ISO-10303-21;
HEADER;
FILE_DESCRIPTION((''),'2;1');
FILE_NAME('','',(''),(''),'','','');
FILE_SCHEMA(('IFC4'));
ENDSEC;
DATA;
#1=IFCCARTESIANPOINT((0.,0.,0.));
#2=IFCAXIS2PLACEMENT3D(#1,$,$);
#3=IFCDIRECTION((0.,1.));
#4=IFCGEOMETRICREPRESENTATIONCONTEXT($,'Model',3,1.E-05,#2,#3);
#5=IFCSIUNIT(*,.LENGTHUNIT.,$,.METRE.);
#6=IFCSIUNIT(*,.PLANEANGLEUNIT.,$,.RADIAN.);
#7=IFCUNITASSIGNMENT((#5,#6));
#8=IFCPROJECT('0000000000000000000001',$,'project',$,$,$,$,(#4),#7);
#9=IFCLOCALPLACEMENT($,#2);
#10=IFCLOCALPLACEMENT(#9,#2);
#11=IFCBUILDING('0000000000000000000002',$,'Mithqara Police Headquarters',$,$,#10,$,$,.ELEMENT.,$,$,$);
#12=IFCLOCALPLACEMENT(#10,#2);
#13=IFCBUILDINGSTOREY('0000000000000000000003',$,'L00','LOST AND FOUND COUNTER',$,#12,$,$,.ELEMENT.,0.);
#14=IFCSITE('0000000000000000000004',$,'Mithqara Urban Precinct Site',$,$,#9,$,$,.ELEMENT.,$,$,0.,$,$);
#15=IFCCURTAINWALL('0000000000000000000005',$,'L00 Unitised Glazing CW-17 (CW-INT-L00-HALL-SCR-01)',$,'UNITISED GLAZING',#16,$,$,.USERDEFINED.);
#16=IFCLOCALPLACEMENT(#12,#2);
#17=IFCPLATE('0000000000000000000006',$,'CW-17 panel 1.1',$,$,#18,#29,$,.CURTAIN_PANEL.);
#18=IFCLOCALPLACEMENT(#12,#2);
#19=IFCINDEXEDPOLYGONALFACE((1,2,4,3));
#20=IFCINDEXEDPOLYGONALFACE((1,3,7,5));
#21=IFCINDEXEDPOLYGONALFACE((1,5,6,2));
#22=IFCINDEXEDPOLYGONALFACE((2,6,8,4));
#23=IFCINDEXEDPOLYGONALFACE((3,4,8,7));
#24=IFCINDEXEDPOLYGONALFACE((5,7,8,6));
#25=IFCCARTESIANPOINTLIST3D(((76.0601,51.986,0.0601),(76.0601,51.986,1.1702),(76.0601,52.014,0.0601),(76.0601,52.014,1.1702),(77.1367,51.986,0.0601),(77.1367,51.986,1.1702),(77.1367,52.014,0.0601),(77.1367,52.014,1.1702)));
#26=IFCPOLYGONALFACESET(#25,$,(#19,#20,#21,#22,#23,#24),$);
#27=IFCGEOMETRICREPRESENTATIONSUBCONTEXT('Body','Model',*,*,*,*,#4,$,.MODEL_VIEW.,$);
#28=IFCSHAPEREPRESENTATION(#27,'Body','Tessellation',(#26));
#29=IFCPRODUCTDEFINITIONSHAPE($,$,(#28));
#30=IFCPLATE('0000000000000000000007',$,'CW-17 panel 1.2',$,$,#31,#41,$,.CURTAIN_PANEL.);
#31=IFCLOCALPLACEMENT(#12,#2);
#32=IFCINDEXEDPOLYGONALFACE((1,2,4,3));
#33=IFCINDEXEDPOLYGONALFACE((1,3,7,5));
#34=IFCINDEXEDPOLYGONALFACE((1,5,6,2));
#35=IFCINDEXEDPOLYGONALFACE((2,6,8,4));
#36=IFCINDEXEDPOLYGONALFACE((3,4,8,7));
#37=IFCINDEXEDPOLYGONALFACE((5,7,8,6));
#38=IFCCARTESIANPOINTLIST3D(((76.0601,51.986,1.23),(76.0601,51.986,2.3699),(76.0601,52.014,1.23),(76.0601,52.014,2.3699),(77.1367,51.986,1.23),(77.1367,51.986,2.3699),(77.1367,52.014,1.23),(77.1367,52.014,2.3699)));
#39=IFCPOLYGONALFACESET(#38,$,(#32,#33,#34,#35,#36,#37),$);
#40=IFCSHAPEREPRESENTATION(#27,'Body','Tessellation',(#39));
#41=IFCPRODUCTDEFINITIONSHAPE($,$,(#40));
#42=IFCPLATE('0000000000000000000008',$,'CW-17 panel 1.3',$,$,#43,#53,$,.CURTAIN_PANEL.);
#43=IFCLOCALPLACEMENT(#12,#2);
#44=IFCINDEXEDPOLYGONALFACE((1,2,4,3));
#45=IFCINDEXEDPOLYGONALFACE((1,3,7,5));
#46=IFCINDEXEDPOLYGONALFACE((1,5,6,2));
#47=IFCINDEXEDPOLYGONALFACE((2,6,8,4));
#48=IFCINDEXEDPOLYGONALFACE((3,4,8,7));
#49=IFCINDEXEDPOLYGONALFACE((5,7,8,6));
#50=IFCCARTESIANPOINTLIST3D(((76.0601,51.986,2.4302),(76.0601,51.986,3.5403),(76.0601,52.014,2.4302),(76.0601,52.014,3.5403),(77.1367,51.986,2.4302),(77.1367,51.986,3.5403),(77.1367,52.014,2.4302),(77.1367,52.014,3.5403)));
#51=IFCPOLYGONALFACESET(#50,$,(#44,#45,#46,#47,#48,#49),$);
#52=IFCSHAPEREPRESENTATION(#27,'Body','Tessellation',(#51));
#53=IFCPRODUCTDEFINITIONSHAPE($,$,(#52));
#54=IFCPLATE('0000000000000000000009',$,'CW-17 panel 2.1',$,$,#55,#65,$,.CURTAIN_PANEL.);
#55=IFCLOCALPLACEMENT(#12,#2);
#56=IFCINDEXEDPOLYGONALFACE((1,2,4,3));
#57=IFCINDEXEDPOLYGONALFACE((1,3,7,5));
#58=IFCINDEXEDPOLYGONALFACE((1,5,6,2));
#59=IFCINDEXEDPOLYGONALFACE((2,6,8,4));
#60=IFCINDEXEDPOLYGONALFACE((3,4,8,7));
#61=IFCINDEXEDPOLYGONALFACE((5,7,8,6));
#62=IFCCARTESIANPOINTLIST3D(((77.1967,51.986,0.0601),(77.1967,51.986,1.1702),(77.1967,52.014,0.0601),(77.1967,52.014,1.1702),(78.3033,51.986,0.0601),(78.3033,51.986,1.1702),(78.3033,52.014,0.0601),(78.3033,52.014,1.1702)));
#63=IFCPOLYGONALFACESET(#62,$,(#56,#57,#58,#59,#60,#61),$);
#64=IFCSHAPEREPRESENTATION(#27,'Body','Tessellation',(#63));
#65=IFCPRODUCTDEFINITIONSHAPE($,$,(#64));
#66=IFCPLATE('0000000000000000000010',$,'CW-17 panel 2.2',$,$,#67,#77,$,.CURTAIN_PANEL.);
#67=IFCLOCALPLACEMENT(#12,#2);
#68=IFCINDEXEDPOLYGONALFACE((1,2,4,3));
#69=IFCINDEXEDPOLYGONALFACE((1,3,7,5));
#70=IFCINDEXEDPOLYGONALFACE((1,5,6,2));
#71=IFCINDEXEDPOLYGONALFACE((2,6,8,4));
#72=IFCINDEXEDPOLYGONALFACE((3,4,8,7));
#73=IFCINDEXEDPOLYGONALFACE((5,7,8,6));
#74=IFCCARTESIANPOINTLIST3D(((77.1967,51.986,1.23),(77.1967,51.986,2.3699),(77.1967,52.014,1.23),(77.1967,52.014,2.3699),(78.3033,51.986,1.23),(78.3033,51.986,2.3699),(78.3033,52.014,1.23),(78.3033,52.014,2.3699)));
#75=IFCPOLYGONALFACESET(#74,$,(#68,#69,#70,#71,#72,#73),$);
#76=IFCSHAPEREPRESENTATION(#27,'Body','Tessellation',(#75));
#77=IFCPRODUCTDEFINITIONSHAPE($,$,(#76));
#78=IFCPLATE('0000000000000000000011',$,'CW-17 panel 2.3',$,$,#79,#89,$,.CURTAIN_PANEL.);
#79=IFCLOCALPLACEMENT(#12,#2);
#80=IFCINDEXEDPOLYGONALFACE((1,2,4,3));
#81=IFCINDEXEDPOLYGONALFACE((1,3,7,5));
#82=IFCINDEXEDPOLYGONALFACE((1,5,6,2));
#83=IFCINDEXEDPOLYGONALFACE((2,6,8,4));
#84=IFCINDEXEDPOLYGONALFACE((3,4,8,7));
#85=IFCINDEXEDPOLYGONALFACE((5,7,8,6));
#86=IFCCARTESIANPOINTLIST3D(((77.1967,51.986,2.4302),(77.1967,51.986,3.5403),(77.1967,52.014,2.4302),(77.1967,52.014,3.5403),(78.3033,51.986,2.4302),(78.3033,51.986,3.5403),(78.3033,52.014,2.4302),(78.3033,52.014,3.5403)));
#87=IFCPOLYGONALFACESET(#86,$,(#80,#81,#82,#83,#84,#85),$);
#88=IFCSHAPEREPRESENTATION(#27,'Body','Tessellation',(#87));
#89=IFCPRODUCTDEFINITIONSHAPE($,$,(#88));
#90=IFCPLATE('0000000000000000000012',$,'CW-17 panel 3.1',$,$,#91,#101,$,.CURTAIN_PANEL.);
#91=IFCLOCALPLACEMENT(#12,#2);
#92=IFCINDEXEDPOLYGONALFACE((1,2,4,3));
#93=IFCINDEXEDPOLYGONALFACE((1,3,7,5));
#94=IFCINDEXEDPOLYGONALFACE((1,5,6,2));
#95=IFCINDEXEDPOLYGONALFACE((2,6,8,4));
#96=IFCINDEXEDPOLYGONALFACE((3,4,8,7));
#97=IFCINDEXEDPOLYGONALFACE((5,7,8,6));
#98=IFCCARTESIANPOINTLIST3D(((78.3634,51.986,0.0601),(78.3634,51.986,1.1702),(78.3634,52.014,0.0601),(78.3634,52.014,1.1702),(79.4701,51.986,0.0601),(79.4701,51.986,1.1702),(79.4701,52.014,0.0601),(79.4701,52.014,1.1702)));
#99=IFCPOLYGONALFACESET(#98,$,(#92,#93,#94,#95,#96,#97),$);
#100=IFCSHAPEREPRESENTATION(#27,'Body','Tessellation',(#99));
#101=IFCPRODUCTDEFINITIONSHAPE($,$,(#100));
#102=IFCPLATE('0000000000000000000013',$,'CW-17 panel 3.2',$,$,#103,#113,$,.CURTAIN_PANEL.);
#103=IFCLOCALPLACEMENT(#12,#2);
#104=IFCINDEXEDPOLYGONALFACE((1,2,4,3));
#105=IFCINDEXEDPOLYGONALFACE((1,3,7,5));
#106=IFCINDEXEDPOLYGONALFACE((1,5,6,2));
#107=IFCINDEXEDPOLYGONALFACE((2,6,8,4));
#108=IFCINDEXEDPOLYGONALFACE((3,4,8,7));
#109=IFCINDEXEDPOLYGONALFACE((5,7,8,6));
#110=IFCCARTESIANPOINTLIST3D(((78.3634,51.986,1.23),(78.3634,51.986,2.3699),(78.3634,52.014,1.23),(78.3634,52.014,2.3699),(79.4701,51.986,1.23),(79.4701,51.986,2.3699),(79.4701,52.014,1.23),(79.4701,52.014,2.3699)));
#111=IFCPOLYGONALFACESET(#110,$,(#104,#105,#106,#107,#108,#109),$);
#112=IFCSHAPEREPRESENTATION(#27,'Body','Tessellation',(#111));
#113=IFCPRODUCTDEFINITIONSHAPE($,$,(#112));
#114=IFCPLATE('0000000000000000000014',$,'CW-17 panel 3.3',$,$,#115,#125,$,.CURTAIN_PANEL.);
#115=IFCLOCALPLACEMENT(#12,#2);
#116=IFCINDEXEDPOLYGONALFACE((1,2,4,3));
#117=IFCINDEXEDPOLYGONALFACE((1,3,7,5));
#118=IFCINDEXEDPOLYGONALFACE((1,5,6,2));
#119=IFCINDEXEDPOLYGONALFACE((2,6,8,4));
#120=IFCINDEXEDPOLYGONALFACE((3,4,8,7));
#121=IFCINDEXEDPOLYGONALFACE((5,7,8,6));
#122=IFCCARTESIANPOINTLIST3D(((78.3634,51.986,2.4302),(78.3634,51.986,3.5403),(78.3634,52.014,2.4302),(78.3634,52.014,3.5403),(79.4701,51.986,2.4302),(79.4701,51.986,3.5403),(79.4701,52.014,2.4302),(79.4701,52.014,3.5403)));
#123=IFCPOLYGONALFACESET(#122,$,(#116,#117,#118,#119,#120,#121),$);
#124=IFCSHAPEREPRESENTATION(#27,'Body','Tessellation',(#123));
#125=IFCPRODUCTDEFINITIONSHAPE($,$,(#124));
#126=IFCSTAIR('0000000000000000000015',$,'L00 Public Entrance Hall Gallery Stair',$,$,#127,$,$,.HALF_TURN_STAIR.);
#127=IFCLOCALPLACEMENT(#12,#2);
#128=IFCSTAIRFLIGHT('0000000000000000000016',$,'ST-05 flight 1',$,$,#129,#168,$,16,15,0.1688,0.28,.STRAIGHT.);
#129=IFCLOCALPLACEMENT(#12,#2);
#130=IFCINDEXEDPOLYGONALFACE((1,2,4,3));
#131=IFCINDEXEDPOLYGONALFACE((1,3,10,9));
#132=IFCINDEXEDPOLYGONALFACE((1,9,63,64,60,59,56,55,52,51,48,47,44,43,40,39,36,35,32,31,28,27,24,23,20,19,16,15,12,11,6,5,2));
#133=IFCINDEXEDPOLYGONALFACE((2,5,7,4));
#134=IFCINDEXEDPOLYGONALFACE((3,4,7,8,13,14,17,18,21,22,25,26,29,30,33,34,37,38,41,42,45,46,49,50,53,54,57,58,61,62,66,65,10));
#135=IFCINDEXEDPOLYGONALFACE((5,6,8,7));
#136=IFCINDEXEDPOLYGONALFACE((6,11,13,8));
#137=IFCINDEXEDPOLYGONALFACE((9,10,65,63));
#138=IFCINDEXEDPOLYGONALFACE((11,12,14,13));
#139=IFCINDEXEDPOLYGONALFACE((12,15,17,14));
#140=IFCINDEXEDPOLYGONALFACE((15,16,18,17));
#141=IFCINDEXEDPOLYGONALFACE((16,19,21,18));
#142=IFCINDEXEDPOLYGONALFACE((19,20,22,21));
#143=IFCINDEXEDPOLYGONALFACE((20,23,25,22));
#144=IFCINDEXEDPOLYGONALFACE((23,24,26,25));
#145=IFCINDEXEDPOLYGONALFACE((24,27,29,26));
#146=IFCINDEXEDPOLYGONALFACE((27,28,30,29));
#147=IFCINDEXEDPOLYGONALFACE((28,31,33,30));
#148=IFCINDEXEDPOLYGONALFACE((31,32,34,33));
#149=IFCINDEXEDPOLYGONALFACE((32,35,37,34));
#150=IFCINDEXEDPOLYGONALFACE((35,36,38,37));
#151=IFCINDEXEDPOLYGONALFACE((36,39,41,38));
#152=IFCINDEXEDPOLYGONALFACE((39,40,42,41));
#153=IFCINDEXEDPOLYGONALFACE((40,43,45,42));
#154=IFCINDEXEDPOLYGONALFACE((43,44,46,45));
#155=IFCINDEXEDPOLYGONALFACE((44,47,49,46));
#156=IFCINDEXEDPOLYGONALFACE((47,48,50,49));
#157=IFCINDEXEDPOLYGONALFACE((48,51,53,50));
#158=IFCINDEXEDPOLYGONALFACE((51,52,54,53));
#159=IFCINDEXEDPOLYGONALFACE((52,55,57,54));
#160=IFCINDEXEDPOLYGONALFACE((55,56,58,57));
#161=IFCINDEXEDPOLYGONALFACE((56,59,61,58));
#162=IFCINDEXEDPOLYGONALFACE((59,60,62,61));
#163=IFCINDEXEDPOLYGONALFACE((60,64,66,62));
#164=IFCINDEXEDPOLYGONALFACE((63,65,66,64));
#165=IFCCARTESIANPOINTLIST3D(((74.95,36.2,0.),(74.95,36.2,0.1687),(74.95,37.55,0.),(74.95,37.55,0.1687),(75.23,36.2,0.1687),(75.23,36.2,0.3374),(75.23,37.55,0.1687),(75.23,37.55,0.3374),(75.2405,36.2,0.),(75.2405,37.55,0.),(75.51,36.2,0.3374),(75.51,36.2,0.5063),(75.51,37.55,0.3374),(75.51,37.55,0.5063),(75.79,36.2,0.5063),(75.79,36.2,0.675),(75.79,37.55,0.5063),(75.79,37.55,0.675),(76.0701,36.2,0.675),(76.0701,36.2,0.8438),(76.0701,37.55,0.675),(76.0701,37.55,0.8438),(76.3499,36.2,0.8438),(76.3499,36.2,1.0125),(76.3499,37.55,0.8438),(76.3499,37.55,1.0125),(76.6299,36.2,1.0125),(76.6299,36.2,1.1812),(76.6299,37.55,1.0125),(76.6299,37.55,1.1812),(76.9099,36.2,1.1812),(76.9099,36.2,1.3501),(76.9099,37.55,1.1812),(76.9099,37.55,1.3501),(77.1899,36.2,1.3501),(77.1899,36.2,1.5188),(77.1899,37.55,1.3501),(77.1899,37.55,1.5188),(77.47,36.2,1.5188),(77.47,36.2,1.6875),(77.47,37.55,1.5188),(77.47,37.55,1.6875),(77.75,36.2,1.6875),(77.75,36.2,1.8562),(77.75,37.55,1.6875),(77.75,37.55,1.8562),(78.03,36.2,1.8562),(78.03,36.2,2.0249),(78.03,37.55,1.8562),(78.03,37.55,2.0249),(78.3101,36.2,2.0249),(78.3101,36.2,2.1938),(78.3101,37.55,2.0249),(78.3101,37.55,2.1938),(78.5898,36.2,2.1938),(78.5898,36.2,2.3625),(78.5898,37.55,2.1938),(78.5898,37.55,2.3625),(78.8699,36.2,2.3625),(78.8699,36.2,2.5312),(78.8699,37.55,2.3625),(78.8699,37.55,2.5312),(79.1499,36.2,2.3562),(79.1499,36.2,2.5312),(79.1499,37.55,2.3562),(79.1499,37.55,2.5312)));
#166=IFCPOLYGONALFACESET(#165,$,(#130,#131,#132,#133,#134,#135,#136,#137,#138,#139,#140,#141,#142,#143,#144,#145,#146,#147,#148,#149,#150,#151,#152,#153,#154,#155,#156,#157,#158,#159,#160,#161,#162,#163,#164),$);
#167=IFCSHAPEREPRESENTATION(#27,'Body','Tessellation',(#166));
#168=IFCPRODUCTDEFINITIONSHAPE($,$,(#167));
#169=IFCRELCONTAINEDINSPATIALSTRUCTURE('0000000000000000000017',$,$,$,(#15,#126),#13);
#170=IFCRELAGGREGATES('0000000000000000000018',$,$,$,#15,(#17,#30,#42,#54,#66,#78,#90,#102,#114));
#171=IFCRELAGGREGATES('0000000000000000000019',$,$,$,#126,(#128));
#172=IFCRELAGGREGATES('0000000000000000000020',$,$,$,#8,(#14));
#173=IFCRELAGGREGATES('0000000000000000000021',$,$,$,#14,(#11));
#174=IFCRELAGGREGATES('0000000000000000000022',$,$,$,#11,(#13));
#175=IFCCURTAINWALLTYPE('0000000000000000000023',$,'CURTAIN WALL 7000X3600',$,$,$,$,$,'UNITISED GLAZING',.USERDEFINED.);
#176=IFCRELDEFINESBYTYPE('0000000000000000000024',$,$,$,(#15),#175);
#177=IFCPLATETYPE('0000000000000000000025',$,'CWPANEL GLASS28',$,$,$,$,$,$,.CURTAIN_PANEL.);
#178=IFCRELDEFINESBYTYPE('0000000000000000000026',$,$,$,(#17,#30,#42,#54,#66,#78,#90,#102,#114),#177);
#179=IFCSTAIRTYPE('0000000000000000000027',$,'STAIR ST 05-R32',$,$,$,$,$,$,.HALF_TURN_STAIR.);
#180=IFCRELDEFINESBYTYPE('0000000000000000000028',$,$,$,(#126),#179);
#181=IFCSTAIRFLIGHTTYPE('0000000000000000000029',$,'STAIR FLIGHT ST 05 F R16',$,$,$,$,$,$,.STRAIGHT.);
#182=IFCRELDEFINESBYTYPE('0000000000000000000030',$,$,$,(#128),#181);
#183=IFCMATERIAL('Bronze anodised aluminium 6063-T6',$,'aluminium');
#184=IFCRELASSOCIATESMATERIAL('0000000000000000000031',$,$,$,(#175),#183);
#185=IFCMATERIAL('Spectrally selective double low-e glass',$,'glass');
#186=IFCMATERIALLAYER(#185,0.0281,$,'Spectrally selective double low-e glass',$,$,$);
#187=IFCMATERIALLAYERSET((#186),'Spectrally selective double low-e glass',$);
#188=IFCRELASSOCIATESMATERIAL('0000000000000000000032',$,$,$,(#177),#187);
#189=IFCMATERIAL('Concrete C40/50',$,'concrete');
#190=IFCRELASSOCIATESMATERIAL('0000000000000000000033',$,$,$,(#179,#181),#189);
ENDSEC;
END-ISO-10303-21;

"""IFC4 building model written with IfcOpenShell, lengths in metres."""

from ifc_helpers import new_model, si_unit, direction, frame, origin, origin_2d, place, context, subcontext, project, spatial, polyline, rectangle, outline, extrude, material, layer, layer_set, type_object, element, aggregate, save


model = new_model("IFC4")

# Units and contexts
model_context = context("Model", 3, precision=1e-05, world=origin(), true_north=direction((0.0, 1.0)))
body_context = subcontext(model_context, "Body", "Model", "MODEL_VIEW")
ifc_project = project(units=[si_unit("LENGTHUNIT", "METRE"), si_unit("PLANEANGLEUNIT", "RADIAN")], contexts=[model_context])

# Site, building, storey
site_placement = place(None, origin())
site = spatial("IfcSite", under=ifc_project, at=site_placement, Name="Mithqara Urban Precinct Site", CompositionType="ELEMENT", RefElevation=0.0)
building_placement = place(site_placement, origin())
building = spatial("IfcBuilding", under=site, at=building_placement, Name="Mithqara Police Headquarters", CompositionType="ELEMENT")
storey_placement = place(building_placement, origin())
storey = spatial("IfcBuildingStorey", under=building, at=storey_placement, Name="L00", Description="LOST AND FOUND COUNTER", CompositionType="ELEMENT", Elevation=0.0)

# Shared definitions
ifc_material_1 = material(Name="Concrete C40/50", Category="concrete")

# Curtain wall, plates
ifc_material_2 = material(Name="Bronze anodised aluminium 6063-T6", Category="aluminium")
curtain_wall_type = type_object("IfcCurtainWallType", Name="CURTAIN WALL 7000X3600", ElementType="UNITISED GLAZING", PredefinedType="USERDEFINED", material=ifc_material_2)
curtain_wall_placement = place(storey_placement, origin())
curtain_wall = element("IfcCurtainWall", 1, at=curtain_wall_placement, inside=storey, type_object=curtain_wall_type, Name="L00 Unitised Glazing CW-17 (CW-INT-L00-HALL-SCR-01)", ObjectType="UNITISED GLAZING", PredefinedType="USERDEFINED")
ifc_material_3 = material(Name="Spectrally selective double low-e glass", Category="glass")
ifc_layer = layer(ifc_material_3, 0.0281, Name="Spectrally selective double low-e glass")
ifc_layer_set = layer_set([ifc_layer], Name="Spectrally selective double low-e glass")
plate_type = type_object("IfcPlateType", Name="CWPANEL GLASS28", PredefinedType="CURTAIN_PANEL", material=ifc_layer_set)
plate_1_placement = place(storey_placement, frame((76.5984, 52.0, 0.0601), z_axis=(0.0, 0.0, 1.0), x_axis=(1.0, 0.0, 0.0)))
plate_1 = element("IfcPlate", 2, at=plate_1_placement, type_object=plate_type, Name="CW-17 panel 1.1", PredefinedType="CURTAIN_PANEL", context=body_context, shape_type="SweptSolid", body=[
    extrude(rectangle(XDim=1.0767, YDim=0.0281, at=origin_2d()), origin(), (0.0, 0.0, 1.0), 1.1101),
])
plate_2_placement = place(storey_placement, frame((76.5984, 52.0, 1.23), z_axis=(0.0, 0.0, 1.0), x_axis=(1.0, 0.0, 0.0)))
plate_2 = element("IfcPlate", 3, at=plate_2_placement, type_object=plate_type, Name="CW-17 panel 1.2", PredefinedType="CURTAIN_PANEL", context=body_context, shape_type="SweptSolid", body=[
    extrude(rectangle(XDim=1.0767, YDim=0.0281, at=origin_2d()), origin(), (0.0, 0.0, 1.0), 1.1399),
])
plate_3_placement = place(storey_placement, frame((76.5984, 52.0, 2.4302), z_axis=(0.0, 0.0, 1.0), x_axis=(1.0, 0.0, 0.0)))
plate_3 = element("IfcPlate", 4, at=plate_3_placement, type_object=plate_type, Name="CW-17 panel 1.3", PredefinedType="CURTAIN_PANEL", context=body_context, shape_type="SweptSolid", body=[
    extrude(rectangle(XDim=1.0767, YDim=0.0281, at=origin_2d()), origin(), (0.0, 0.0, 1.0), 1.1101),
])
plate_4_placement = place(storey_placement, frame((77.75, 52.0, 0.0601), z_axis=(0.0, 0.0, 1.0), x_axis=(1.0, 0.0, 0.0)))
plate_4 = element("IfcPlate", 5, at=plate_4_placement, type_object=plate_type, Name="CW-17 panel 2.1", PredefinedType="CURTAIN_PANEL", context=body_context, shape_type="SweptSolid", body=[
    extrude(rectangle(XDim=1.1067, YDim=0.0281, at=origin_2d()), origin(), (0.0, 0.0, 1.0), 1.1101),
])
plate_5_placement = place(storey_placement, frame((77.75, 52.0, 1.23), z_axis=(0.0, 0.0, 1.0), x_axis=(1.0, 0.0, 0.0)))
plate_5 = element("IfcPlate", 6, at=plate_5_placement, type_object=plate_type, Name="CW-17 panel 2.2", PredefinedType="CURTAIN_PANEL", context=body_context, shape_type="SweptSolid", body=[
    extrude(rectangle(XDim=1.1067, YDim=0.0281, at=origin_2d()), origin(), (0.0, 0.0, 1.0), 1.1399),
])
plate_6_placement = place(storey_placement, frame((77.75, 52.0, 2.4302), z_axis=(0.0, 0.0, 1.0), x_axis=(1.0, 0.0, 0.0)))
plate_6 = element("IfcPlate", 7, at=plate_6_placement, type_object=plate_type, Name="CW-17 panel 2.3", PredefinedType="CURTAIN_PANEL", context=body_context, shape_type="SweptSolid", body=[
    extrude(rectangle(XDim=1.1067, YDim=0.0281, at=origin_2d()), origin(), (0.0, 0.0, 1.0), 1.1101),
])
plate_7_placement = place(storey_placement, frame((78.9167, 52.0, 0.0601), z_axis=(0.0, 0.0, 1.0), x_axis=(1.0, 0.0, 0.0)))
plate_7 = element("IfcPlate", 8, at=plate_7_placement, type_object=plate_type, Name="CW-17 panel 3.1", PredefinedType="CURTAIN_PANEL", context=body_context, shape_type="SweptSolid", body=[
    extrude(rectangle(XDim=1.1067, YDim=0.0281, at=origin_2d()), origin(), (0.0, 0.0, 1.0), 1.1101),
])
plate_8_placement = place(storey_placement, frame((78.9167, 52.0, 1.23), z_axis=(0.0, 0.0, 1.0), x_axis=(1.0, 0.0, 0.0)))
plate_8 = element("IfcPlate", 9, at=plate_8_placement, type_object=plate_type, Name="CW-17 panel 3.2", PredefinedType="CURTAIN_PANEL", context=body_context, shape_type="SweptSolid", body=[
    extrude(rectangle(XDim=1.1067, YDim=0.0281, at=origin_2d()), origin(), (0.0, 0.0, 1.0), 1.1399),
])
plate_9_placement = place(storey_placement, frame((78.9167, 52.0, 2.4302), z_axis=(0.0, 0.0, 1.0), x_axis=(1.0, 0.0, 0.0)))
plate_9 = element("IfcPlate", 10, at=plate_9_placement, type_object=plate_type, Name="CW-17 panel 3.3", PredefinedType="CURTAIN_PANEL", context=body_context, shape_type="SweptSolid", body=[
    extrude(rectangle(XDim=1.1067, YDim=0.0281, at=origin_2d()), origin(), (0.0, 0.0, 1.0), 1.1101),
])
aggregate(curtain_wall, [plate_1, plate_2, plate_3, plate_4, plate_5, plate_6, plate_7, plate_8, plate_9])

# Stair, stair flight
stair_type = type_object("IfcStairType", Name="STAIR ST 05-R32", PredefinedType="HALF_TURN_STAIR", material=ifc_material_1)
stair_placement = place(storey_placement, origin())
stair = element("IfcStair", 11, at=stair_placement, inside=storey, type_object=stair_type, Name="L00 Public Entrance Hall Gallery Stair", PredefinedType="HALF_TURN_STAIR")
stair_flight_type = type_object("IfcStairFlightType", Name="STAIR FLIGHT ST 05 F R16", PredefinedType="STRAIGHT", material=ifc_material_1)
stair_flight_1_placement = place(storey_placement, frame((74.95, 36.875, 0.0), z_axis=(0.0, 0.0, 1.0), x_axis=(1.0, 0.0, 0.0)))
stair_flight_1 = element("IfcStairFlight", 12, at=stair_flight_1_placement, type_object=stair_flight_type, Name="ST-05 flight 1", NumberOfRisers=16, NumberOfTreads=15, PredefinedType="STRAIGHT", RiserHeight=0.1688, TreadLength=0.28, context=body_context, shape_type="SweptSolid", body=[
    extrude(outline(polyline([(0.0, 0.0), (0.0, 0.1687), (0.28, 0.1687), (0.28, 0.3374), (0.5601, 0.3374), (0.5601, 0.5063), (0.8401, 0.5063), (0.8401, 0.675), (1.1201, 0.675), (1.1201, 0.8438), (1.3999, 0.8438), (1.3999, 1.0125), (1.6799, 1.0125), (1.6799, 1.1812), (1.96, 1.1812), (1.96, 1.3501), (2.24, 1.3501), (2.24, 1.5188), (2.52, 1.5188), (2.52, 1.6875), (2.8, 1.6875), (2.8, 1.8562), (3.0801, 1.8562), (3.0801, 2.0249), (3.3601, 2.0249), (3.3601, 2.1938), (3.6399, 2.1938), (3.6399, 2.3625), (3.9199, 2.3625), (3.9199, 2.5312), (4.2, 2.5312), (4.2, 2.7), (4.2, 2.3562), (0.2905, 0.0), (0.0, 0.0)])), frame((0.0, 0.675, 0.0), z_axis=(0.0, -1.0, 0.0), x_axis=(1.0, 0.0, 0.0)), (0.0, 0.0, 1.0), 1.3501),
])
aggregate(stair, [stair_flight_1])

save(model, "model.ifc")
